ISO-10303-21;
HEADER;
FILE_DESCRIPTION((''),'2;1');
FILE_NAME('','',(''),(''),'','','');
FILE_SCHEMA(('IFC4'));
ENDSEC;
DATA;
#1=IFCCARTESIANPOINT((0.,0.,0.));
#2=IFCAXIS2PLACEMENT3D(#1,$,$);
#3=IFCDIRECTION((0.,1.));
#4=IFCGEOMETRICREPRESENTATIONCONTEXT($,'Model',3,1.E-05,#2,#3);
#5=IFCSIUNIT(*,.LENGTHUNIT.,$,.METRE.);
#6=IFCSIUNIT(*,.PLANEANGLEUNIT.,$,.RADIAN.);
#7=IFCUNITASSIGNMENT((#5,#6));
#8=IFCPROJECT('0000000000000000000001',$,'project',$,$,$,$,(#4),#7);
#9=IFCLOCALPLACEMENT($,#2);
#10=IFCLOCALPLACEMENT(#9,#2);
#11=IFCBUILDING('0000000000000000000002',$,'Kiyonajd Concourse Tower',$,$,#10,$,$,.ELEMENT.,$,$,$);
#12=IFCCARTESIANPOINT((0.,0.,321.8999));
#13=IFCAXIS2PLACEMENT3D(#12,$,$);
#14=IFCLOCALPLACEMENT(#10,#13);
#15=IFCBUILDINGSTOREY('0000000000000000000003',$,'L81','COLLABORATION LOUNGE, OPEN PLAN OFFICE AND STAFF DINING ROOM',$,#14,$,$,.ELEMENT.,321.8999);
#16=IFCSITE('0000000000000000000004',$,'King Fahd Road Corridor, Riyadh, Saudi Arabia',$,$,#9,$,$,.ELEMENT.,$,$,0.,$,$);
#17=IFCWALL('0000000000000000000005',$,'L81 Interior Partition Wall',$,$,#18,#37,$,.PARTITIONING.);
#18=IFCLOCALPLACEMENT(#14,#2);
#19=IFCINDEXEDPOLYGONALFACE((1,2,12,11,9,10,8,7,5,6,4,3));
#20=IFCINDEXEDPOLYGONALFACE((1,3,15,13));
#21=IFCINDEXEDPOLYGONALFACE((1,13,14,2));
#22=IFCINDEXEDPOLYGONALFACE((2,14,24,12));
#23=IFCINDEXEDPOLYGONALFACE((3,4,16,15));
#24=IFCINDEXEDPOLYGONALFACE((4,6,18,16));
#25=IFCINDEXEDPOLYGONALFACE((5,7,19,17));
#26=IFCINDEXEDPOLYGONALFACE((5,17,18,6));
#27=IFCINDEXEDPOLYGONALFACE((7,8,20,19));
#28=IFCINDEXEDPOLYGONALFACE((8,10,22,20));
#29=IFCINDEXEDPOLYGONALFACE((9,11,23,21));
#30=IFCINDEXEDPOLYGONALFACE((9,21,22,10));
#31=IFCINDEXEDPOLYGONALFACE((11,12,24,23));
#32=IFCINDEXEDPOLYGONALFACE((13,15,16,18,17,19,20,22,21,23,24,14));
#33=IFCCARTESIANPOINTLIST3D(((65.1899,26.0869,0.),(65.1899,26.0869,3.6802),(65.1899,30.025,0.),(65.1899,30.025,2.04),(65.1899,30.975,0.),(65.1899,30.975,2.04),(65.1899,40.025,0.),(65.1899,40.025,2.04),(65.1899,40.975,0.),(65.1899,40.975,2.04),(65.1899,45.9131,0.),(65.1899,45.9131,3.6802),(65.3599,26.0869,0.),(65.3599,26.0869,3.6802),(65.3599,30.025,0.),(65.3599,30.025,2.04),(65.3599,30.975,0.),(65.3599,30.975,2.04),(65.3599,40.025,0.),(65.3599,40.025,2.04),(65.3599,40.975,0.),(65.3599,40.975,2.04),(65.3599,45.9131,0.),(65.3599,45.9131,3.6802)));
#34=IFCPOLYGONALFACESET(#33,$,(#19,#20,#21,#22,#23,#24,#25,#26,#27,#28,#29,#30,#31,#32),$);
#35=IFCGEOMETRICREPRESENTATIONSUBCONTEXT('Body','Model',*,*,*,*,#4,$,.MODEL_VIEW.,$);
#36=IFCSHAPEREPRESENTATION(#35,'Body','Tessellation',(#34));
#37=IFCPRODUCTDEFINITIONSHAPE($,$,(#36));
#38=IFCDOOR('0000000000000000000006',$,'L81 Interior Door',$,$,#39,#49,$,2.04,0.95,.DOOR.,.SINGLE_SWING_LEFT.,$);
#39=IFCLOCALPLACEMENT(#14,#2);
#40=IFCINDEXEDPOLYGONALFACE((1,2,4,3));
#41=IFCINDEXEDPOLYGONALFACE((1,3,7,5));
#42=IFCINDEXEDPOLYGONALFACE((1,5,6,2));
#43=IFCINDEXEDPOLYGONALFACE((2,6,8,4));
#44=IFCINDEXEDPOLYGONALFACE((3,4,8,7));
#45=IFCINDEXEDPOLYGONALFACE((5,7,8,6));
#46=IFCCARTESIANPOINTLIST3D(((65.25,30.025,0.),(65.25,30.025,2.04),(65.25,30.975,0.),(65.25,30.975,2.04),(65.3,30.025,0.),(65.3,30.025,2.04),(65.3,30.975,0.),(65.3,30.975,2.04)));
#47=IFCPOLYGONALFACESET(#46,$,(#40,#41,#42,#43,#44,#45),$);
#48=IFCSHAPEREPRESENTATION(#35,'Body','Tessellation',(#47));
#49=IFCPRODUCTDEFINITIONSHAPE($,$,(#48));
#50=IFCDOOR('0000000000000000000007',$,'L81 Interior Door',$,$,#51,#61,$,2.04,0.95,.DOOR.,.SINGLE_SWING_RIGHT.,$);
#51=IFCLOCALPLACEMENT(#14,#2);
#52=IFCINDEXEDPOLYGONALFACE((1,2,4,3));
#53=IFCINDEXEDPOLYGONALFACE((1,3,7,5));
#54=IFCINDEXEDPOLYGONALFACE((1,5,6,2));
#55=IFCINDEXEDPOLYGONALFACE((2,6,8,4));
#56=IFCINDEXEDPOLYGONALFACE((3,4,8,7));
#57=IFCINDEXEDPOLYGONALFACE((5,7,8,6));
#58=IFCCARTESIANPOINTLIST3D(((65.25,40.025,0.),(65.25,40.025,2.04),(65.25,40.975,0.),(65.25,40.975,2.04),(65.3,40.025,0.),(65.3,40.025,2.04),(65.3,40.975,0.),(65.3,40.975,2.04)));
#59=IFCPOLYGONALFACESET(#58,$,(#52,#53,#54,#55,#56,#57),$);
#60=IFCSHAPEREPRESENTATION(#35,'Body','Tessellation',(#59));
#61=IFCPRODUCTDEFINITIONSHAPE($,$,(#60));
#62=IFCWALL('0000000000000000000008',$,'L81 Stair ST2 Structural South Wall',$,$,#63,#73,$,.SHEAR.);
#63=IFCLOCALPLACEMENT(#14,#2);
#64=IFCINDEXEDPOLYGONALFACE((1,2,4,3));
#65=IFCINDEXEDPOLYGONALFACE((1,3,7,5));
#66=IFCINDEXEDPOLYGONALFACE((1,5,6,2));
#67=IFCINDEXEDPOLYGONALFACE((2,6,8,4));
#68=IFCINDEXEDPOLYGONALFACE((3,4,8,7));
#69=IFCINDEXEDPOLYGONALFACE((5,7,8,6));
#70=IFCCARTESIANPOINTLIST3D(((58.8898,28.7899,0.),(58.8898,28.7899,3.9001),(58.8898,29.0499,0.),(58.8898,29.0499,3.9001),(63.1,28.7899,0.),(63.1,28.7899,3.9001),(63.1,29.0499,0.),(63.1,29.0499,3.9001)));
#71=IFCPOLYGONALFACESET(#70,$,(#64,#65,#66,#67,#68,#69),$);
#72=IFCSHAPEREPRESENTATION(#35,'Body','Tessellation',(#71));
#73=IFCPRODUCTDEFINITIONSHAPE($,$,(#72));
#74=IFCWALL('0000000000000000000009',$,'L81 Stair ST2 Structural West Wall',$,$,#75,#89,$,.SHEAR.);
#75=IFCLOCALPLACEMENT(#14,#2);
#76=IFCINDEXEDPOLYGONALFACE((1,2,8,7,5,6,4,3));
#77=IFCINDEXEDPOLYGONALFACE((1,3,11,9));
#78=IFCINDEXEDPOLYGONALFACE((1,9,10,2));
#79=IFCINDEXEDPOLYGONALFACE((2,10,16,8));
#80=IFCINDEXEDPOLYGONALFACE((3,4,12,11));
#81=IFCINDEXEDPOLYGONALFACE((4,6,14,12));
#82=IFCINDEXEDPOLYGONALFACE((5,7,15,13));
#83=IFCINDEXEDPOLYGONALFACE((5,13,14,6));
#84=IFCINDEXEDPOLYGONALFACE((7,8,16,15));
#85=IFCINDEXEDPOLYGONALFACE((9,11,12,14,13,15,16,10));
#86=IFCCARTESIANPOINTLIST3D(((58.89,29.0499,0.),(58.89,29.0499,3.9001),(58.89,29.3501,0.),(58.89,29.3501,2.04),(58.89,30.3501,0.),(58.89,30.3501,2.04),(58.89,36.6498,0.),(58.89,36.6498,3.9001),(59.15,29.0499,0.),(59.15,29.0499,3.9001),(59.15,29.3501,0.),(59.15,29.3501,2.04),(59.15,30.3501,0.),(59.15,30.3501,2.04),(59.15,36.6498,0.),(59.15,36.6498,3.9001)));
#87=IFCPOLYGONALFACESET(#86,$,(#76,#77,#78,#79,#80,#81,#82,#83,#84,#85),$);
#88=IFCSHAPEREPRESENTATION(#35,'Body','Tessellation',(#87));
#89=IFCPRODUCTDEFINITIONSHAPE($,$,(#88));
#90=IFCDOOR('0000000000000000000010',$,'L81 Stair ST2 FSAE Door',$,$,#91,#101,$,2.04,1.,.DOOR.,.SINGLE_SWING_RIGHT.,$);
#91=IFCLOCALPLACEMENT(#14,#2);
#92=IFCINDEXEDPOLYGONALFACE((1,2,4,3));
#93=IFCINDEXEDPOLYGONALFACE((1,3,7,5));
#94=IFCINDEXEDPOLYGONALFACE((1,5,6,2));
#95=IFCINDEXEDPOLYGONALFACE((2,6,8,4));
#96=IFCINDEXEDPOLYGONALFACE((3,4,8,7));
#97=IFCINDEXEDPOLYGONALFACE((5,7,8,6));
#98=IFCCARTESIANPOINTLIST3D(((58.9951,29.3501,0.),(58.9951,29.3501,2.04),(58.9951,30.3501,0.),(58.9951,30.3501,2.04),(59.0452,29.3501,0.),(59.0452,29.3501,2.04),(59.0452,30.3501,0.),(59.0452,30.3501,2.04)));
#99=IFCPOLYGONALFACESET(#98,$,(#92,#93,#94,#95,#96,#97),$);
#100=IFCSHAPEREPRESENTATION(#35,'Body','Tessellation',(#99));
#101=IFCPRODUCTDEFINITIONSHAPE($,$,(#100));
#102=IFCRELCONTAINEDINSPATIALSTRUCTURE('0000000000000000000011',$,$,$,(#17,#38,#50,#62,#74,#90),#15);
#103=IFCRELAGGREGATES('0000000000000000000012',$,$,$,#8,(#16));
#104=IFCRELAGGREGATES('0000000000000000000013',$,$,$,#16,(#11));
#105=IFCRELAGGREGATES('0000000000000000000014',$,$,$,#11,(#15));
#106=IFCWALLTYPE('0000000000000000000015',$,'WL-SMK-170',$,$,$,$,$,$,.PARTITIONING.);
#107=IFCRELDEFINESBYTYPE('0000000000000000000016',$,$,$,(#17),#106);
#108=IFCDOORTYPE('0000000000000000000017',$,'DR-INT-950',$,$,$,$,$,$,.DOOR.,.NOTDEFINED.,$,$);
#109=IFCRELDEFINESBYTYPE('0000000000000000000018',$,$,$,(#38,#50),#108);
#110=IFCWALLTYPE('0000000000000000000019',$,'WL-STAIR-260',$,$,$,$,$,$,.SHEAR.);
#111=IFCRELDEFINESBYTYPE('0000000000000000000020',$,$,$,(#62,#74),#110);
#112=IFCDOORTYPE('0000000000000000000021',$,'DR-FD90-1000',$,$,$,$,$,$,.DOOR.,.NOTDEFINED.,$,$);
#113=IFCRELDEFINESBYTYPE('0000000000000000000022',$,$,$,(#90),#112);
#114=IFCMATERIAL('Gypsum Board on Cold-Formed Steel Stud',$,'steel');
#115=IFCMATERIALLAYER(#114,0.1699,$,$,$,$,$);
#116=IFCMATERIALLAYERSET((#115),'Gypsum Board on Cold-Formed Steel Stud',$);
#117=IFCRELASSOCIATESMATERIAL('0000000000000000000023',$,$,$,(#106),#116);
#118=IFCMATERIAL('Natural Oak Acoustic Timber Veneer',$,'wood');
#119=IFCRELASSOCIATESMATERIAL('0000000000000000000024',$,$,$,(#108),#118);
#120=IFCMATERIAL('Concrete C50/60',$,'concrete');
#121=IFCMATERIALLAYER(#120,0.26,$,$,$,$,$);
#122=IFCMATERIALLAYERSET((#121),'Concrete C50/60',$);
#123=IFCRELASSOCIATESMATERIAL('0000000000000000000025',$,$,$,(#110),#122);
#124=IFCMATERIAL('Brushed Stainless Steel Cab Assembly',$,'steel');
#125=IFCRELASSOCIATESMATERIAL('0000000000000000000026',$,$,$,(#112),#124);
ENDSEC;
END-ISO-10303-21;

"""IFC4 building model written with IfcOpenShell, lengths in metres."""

from ifc_helpers import new_model, si_unit, direction, frame, frame_2d, origin, place, context, subcontext, project, spatial, rectangle, extrude, material, layer, layer_set, type_object, element, fill, save


model = new_model("IFC4")

# Units and contexts
model_context = context("Model", 3, precision=1e-05, world=origin(), true_north=direction((0.0, 1.0)))
body_context = subcontext(model_context, "Body", "Model", "MODEL_VIEW")
ifc_project = project(units=[si_unit("LENGTHUNIT", "METRE"), si_unit("PLANEANGLEUNIT", "RADIAN")], contexts=[model_context])

# Site, building, storey
site_placement = place(None, origin())
site = spatial("IfcSite", under=ifc_project, at=site_placement, Name="King Fahd Road Corridor, Riyadh, Saudi Arabia", CompositionType="ELEMENT", RefElevation=0.0)
building_placement = place(site_placement, origin())
building = spatial("IfcBuilding", under=site, at=building_placement, Name="Kiyonajd Concourse Tower", CompositionType="ELEMENT")
storey_placement = place(building_placement, frame((0.0, 0.0, 321.8999)))
storey = spatial("IfcBuildingStorey", under=building, at=storey_placement, Name="L81", Description="COLLABORATION LOUNGE, OPEN PLAN OFFICE AND STAFF DINING ROOM", CompositionType="ELEMENT", Elevation=321.8999)

# Shared definitions
ifc_material_1 = material(Name="Gypsum Board on Cold-Formed Steel Stud", Category="steel")

# Wall, openings, doors
ifc_layer_1 = layer(ifc_material_1, 0.1699)
ifc_layer_set_1 = layer_set([ifc_layer_1], Name="Gypsum Board on Cold-Formed Steel Stud")
wall_type_1 = type_object("IfcWallType", Name="WL-SMK-170", PredefinedType="PARTITIONING", material=ifc_layer_set_1)
wall_1_placement = place(storey_placement, frame((65.2749, 26.0869, 0.0), z_axis=(0.0, 0.0, 1.0), x_axis=(0.0, 1.0, 0.0)))
wall_1 = element("IfcWall", 1, at=wall_1_placement, inside=storey, type_object=wall_type_1, Name="L81 Interior Partition Wall", PredefinedType="PARTITIONING", context=body_context, shape_type="SweptSolid", body=[
    extrude(rectangle(XDim=19.8262, YDim=0.1699, at=frame_2d((9.9131, 0.0))), origin(), (0.0, 0.0, 1.0), 3.6802),
])
opening_1_placement = place(wall_1_placement, frame((3.938, 0.0, 0.0)))
opening_1 = element("IfcOpeningElement", 2, at=opening_1_placement, cuts=wall_1, PredefinedType="OPENING", context=body_context, shape_type="SweptSolid", body=[
    extrude(rectangle(XDim=0.95, YDim=2.04, at=frame_2d((0.4751, 1.02))), frame((0.0, 0.095, 0.0), z_axis=(0.0, -1.0, 0.0), x_axis=(1.0, 0.0, 0.0)), (0.0, 0.0, 1.0), 0.1899),
])
opening_2_placement = place(wall_1_placement, frame((13.938, 0.0, 0.0)))
opening_2 = element("IfcOpeningElement", 3, at=opening_2_placement, cuts=wall_1, PredefinedType="OPENING", context=body_context, shape_type="SweptSolid", body=[
    extrude(rectangle(XDim=0.95, YDim=2.04, at=frame_2d((0.4751, 1.02))), frame((0.0, 0.095, 0.0), z_axis=(0.0, -1.0, 0.0), x_axis=(1.0, 0.0, 0.0)), (0.0, 0.0, 1.0), 0.1899),
])
ifc_material_2 = material(Name="Natural Oak Acoustic Timber Veneer", Category="wood")
door_type_1 = type_object("IfcDoorType", Name="DR-INT-950", OperationType="NOTDEFINED", PredefinedType="DOOR", material=ifc_material_2)
door_1_placement = place(opening_1_placement, origin())
door_1 = element("IfcDoor", 4, at=door_1_placement, inside=storey, type_object=door_type_1, Name="L81 Interior Door", OperationType="SINGLE_SWING_LEFT", OverallHeight=2.04, OverallWidth=0.95, PredefinedType="DOOR", context=body_context, shape_type="SweptSolid", body=[
    extrude(rectangle(XDim=0.95, YDim=2.04, at=frame_2d((0.4751, 1.02))), frame((0.0, 0.0249, 0.0), z_axis=(0.0, -1.0, 0.0), x_axis=(1.0, 0.0, 0.0)), (0.0, 0.0, 1.0), 0.05),
])
fill(opening_1, door_1)
door_2_placement = place(opening_2_placement, origin())
door_2 = element("IfcDoor", 5, at=door_2_placement, inside=storey, type_object=door_type_1, Name="L81 Interior Door", OperationType="SINGLE_SWING_RIGHT", OverallHeight=2.04, OverallWidth=0.95, PredefinedType="DOOR", context=body_context, shape_type="SweptSolid", body=[
    extrude(rectangle(XDim=0.95, YDim=2.04, at=frame_2d((0.4751, 1.02))), frame((0.0, 0.0249, 0.0), z_axis=(0.0, -1.0, 0.0), x_axis=(1.0, 0.0, 0.0)), (0.0, 0.0, 1.0), 0.05),
])
fill(opening_2, door_2)

# Wall
ifc_material_3 = material(Name="Concrete C50/60", Category="concrete")
ifc_layer_2 = layer(ifc_material_3, 0.26)
ifc_layer_set_2 = layer_set([ifc_layer_2], Name="Concrete C50/60")
wall_type_2 = type_object("IfcWallType", Name="WL-STAIR-260", PredefinedType="SHEAR", material=ifc_layer_set_2)
wall_2_placement = place(storey_placement, frame((58.8899, 28.9199, 0.0), z_axis=(0.0, 0.0, 1.0), x_axis=(1.0, 0.0, 0.0)))
element("IfcWall", 6, at=wall_2_placement, inside=storey, type_object=wall_type_2, Name="L81 Stair ST2 Structural South Wall", PredefinedType="SHEAR", context=body_context, shape_type="SweptSolid", body=[
    extrude(rectangle(XDim=4.2102, YDim=0.26, at=frame_2d((2.105, 0.0))), origin(), (0.0, 0.0, 1.0), 3.9001),
])

# Wall, opening, door
wall_3_placement = place(storey_placement, frame((59.02, 29.05, 0.0), z_axis=(0.0, 0.0, 1.0), x_axis=(0.0, 1.0, 0.0)))
wall_3 = element("IfcWall", 7, at=wall_3_placement, inside=storey, type_object=wall_type_2, Name="L81 Stair ST2 Structural West Wall", PredefinedType="SHEAR", context=body_context, shape_type="SweptSolid", body=[
    extrude(rectangle(XDim=7.5999, YDim=0.26, at=frame_2d((3.7998, 0.0))), origin(), (0.0, 0.0, 1.0), 3.9001),
])
opening_3_placement = place(wall_3_placement, frame((0.3, 0.0, 0.0)))
opening_3 = element("IfcOpeningElement", 8, at=opening_3_placement, cuts=wall_3, PredefinedType="OPENING", context=body_context, shape_type="SweptSolid", body=[
    extrude(rectangle(XDim=1.0, YDim=2.04, at=frame_2d((0.5, 1.02))), frame((0.0, 0.1399, 0.0), z_axis=(0.0, -1.0, 0.0), x_axis=(1.0, 0.0, 0.0)), (0.0, 0.0, 1.0), 0.28),
])
ifc_material_4 = material(Name="Brushed Stainless Steel Cab Assembly", Category="steel")
door_type_2 = type_object("IfcDoorType", Name="DR-FD90-1000", OperationType="NOTDEFINED", PredefinedType="DOOR", material=ifc_material_4)
door_3_placement = place(opening_3_placement, origin())
door_3 = element("IfcDoor", 9, at=door_3_placement, inside=storey, type_object=door_type_2, Name="L81 Stair ST2 FSAE Door", OperationType="SINGLE_SWING_RIGHT", OverallHeight=2.04, OverallWidth=1.0, PredefinedType="DOOR", context=body_context, shape_type="SweptSolid", body=[
    extrude(rectangle(XDim=1.0, YDim=2.04, at=frame_2d((0.5, 1.02))), frame((0.0, 0.0249, 0.0), z_axis=(0.0, -1.0, 0.0), x_axis=(1.0, 0.0, 0.0)), (0.0, 0.0, 1.0), 0.05),
])
fill(opening_3, door_3)

save(model, "model.ifc")
